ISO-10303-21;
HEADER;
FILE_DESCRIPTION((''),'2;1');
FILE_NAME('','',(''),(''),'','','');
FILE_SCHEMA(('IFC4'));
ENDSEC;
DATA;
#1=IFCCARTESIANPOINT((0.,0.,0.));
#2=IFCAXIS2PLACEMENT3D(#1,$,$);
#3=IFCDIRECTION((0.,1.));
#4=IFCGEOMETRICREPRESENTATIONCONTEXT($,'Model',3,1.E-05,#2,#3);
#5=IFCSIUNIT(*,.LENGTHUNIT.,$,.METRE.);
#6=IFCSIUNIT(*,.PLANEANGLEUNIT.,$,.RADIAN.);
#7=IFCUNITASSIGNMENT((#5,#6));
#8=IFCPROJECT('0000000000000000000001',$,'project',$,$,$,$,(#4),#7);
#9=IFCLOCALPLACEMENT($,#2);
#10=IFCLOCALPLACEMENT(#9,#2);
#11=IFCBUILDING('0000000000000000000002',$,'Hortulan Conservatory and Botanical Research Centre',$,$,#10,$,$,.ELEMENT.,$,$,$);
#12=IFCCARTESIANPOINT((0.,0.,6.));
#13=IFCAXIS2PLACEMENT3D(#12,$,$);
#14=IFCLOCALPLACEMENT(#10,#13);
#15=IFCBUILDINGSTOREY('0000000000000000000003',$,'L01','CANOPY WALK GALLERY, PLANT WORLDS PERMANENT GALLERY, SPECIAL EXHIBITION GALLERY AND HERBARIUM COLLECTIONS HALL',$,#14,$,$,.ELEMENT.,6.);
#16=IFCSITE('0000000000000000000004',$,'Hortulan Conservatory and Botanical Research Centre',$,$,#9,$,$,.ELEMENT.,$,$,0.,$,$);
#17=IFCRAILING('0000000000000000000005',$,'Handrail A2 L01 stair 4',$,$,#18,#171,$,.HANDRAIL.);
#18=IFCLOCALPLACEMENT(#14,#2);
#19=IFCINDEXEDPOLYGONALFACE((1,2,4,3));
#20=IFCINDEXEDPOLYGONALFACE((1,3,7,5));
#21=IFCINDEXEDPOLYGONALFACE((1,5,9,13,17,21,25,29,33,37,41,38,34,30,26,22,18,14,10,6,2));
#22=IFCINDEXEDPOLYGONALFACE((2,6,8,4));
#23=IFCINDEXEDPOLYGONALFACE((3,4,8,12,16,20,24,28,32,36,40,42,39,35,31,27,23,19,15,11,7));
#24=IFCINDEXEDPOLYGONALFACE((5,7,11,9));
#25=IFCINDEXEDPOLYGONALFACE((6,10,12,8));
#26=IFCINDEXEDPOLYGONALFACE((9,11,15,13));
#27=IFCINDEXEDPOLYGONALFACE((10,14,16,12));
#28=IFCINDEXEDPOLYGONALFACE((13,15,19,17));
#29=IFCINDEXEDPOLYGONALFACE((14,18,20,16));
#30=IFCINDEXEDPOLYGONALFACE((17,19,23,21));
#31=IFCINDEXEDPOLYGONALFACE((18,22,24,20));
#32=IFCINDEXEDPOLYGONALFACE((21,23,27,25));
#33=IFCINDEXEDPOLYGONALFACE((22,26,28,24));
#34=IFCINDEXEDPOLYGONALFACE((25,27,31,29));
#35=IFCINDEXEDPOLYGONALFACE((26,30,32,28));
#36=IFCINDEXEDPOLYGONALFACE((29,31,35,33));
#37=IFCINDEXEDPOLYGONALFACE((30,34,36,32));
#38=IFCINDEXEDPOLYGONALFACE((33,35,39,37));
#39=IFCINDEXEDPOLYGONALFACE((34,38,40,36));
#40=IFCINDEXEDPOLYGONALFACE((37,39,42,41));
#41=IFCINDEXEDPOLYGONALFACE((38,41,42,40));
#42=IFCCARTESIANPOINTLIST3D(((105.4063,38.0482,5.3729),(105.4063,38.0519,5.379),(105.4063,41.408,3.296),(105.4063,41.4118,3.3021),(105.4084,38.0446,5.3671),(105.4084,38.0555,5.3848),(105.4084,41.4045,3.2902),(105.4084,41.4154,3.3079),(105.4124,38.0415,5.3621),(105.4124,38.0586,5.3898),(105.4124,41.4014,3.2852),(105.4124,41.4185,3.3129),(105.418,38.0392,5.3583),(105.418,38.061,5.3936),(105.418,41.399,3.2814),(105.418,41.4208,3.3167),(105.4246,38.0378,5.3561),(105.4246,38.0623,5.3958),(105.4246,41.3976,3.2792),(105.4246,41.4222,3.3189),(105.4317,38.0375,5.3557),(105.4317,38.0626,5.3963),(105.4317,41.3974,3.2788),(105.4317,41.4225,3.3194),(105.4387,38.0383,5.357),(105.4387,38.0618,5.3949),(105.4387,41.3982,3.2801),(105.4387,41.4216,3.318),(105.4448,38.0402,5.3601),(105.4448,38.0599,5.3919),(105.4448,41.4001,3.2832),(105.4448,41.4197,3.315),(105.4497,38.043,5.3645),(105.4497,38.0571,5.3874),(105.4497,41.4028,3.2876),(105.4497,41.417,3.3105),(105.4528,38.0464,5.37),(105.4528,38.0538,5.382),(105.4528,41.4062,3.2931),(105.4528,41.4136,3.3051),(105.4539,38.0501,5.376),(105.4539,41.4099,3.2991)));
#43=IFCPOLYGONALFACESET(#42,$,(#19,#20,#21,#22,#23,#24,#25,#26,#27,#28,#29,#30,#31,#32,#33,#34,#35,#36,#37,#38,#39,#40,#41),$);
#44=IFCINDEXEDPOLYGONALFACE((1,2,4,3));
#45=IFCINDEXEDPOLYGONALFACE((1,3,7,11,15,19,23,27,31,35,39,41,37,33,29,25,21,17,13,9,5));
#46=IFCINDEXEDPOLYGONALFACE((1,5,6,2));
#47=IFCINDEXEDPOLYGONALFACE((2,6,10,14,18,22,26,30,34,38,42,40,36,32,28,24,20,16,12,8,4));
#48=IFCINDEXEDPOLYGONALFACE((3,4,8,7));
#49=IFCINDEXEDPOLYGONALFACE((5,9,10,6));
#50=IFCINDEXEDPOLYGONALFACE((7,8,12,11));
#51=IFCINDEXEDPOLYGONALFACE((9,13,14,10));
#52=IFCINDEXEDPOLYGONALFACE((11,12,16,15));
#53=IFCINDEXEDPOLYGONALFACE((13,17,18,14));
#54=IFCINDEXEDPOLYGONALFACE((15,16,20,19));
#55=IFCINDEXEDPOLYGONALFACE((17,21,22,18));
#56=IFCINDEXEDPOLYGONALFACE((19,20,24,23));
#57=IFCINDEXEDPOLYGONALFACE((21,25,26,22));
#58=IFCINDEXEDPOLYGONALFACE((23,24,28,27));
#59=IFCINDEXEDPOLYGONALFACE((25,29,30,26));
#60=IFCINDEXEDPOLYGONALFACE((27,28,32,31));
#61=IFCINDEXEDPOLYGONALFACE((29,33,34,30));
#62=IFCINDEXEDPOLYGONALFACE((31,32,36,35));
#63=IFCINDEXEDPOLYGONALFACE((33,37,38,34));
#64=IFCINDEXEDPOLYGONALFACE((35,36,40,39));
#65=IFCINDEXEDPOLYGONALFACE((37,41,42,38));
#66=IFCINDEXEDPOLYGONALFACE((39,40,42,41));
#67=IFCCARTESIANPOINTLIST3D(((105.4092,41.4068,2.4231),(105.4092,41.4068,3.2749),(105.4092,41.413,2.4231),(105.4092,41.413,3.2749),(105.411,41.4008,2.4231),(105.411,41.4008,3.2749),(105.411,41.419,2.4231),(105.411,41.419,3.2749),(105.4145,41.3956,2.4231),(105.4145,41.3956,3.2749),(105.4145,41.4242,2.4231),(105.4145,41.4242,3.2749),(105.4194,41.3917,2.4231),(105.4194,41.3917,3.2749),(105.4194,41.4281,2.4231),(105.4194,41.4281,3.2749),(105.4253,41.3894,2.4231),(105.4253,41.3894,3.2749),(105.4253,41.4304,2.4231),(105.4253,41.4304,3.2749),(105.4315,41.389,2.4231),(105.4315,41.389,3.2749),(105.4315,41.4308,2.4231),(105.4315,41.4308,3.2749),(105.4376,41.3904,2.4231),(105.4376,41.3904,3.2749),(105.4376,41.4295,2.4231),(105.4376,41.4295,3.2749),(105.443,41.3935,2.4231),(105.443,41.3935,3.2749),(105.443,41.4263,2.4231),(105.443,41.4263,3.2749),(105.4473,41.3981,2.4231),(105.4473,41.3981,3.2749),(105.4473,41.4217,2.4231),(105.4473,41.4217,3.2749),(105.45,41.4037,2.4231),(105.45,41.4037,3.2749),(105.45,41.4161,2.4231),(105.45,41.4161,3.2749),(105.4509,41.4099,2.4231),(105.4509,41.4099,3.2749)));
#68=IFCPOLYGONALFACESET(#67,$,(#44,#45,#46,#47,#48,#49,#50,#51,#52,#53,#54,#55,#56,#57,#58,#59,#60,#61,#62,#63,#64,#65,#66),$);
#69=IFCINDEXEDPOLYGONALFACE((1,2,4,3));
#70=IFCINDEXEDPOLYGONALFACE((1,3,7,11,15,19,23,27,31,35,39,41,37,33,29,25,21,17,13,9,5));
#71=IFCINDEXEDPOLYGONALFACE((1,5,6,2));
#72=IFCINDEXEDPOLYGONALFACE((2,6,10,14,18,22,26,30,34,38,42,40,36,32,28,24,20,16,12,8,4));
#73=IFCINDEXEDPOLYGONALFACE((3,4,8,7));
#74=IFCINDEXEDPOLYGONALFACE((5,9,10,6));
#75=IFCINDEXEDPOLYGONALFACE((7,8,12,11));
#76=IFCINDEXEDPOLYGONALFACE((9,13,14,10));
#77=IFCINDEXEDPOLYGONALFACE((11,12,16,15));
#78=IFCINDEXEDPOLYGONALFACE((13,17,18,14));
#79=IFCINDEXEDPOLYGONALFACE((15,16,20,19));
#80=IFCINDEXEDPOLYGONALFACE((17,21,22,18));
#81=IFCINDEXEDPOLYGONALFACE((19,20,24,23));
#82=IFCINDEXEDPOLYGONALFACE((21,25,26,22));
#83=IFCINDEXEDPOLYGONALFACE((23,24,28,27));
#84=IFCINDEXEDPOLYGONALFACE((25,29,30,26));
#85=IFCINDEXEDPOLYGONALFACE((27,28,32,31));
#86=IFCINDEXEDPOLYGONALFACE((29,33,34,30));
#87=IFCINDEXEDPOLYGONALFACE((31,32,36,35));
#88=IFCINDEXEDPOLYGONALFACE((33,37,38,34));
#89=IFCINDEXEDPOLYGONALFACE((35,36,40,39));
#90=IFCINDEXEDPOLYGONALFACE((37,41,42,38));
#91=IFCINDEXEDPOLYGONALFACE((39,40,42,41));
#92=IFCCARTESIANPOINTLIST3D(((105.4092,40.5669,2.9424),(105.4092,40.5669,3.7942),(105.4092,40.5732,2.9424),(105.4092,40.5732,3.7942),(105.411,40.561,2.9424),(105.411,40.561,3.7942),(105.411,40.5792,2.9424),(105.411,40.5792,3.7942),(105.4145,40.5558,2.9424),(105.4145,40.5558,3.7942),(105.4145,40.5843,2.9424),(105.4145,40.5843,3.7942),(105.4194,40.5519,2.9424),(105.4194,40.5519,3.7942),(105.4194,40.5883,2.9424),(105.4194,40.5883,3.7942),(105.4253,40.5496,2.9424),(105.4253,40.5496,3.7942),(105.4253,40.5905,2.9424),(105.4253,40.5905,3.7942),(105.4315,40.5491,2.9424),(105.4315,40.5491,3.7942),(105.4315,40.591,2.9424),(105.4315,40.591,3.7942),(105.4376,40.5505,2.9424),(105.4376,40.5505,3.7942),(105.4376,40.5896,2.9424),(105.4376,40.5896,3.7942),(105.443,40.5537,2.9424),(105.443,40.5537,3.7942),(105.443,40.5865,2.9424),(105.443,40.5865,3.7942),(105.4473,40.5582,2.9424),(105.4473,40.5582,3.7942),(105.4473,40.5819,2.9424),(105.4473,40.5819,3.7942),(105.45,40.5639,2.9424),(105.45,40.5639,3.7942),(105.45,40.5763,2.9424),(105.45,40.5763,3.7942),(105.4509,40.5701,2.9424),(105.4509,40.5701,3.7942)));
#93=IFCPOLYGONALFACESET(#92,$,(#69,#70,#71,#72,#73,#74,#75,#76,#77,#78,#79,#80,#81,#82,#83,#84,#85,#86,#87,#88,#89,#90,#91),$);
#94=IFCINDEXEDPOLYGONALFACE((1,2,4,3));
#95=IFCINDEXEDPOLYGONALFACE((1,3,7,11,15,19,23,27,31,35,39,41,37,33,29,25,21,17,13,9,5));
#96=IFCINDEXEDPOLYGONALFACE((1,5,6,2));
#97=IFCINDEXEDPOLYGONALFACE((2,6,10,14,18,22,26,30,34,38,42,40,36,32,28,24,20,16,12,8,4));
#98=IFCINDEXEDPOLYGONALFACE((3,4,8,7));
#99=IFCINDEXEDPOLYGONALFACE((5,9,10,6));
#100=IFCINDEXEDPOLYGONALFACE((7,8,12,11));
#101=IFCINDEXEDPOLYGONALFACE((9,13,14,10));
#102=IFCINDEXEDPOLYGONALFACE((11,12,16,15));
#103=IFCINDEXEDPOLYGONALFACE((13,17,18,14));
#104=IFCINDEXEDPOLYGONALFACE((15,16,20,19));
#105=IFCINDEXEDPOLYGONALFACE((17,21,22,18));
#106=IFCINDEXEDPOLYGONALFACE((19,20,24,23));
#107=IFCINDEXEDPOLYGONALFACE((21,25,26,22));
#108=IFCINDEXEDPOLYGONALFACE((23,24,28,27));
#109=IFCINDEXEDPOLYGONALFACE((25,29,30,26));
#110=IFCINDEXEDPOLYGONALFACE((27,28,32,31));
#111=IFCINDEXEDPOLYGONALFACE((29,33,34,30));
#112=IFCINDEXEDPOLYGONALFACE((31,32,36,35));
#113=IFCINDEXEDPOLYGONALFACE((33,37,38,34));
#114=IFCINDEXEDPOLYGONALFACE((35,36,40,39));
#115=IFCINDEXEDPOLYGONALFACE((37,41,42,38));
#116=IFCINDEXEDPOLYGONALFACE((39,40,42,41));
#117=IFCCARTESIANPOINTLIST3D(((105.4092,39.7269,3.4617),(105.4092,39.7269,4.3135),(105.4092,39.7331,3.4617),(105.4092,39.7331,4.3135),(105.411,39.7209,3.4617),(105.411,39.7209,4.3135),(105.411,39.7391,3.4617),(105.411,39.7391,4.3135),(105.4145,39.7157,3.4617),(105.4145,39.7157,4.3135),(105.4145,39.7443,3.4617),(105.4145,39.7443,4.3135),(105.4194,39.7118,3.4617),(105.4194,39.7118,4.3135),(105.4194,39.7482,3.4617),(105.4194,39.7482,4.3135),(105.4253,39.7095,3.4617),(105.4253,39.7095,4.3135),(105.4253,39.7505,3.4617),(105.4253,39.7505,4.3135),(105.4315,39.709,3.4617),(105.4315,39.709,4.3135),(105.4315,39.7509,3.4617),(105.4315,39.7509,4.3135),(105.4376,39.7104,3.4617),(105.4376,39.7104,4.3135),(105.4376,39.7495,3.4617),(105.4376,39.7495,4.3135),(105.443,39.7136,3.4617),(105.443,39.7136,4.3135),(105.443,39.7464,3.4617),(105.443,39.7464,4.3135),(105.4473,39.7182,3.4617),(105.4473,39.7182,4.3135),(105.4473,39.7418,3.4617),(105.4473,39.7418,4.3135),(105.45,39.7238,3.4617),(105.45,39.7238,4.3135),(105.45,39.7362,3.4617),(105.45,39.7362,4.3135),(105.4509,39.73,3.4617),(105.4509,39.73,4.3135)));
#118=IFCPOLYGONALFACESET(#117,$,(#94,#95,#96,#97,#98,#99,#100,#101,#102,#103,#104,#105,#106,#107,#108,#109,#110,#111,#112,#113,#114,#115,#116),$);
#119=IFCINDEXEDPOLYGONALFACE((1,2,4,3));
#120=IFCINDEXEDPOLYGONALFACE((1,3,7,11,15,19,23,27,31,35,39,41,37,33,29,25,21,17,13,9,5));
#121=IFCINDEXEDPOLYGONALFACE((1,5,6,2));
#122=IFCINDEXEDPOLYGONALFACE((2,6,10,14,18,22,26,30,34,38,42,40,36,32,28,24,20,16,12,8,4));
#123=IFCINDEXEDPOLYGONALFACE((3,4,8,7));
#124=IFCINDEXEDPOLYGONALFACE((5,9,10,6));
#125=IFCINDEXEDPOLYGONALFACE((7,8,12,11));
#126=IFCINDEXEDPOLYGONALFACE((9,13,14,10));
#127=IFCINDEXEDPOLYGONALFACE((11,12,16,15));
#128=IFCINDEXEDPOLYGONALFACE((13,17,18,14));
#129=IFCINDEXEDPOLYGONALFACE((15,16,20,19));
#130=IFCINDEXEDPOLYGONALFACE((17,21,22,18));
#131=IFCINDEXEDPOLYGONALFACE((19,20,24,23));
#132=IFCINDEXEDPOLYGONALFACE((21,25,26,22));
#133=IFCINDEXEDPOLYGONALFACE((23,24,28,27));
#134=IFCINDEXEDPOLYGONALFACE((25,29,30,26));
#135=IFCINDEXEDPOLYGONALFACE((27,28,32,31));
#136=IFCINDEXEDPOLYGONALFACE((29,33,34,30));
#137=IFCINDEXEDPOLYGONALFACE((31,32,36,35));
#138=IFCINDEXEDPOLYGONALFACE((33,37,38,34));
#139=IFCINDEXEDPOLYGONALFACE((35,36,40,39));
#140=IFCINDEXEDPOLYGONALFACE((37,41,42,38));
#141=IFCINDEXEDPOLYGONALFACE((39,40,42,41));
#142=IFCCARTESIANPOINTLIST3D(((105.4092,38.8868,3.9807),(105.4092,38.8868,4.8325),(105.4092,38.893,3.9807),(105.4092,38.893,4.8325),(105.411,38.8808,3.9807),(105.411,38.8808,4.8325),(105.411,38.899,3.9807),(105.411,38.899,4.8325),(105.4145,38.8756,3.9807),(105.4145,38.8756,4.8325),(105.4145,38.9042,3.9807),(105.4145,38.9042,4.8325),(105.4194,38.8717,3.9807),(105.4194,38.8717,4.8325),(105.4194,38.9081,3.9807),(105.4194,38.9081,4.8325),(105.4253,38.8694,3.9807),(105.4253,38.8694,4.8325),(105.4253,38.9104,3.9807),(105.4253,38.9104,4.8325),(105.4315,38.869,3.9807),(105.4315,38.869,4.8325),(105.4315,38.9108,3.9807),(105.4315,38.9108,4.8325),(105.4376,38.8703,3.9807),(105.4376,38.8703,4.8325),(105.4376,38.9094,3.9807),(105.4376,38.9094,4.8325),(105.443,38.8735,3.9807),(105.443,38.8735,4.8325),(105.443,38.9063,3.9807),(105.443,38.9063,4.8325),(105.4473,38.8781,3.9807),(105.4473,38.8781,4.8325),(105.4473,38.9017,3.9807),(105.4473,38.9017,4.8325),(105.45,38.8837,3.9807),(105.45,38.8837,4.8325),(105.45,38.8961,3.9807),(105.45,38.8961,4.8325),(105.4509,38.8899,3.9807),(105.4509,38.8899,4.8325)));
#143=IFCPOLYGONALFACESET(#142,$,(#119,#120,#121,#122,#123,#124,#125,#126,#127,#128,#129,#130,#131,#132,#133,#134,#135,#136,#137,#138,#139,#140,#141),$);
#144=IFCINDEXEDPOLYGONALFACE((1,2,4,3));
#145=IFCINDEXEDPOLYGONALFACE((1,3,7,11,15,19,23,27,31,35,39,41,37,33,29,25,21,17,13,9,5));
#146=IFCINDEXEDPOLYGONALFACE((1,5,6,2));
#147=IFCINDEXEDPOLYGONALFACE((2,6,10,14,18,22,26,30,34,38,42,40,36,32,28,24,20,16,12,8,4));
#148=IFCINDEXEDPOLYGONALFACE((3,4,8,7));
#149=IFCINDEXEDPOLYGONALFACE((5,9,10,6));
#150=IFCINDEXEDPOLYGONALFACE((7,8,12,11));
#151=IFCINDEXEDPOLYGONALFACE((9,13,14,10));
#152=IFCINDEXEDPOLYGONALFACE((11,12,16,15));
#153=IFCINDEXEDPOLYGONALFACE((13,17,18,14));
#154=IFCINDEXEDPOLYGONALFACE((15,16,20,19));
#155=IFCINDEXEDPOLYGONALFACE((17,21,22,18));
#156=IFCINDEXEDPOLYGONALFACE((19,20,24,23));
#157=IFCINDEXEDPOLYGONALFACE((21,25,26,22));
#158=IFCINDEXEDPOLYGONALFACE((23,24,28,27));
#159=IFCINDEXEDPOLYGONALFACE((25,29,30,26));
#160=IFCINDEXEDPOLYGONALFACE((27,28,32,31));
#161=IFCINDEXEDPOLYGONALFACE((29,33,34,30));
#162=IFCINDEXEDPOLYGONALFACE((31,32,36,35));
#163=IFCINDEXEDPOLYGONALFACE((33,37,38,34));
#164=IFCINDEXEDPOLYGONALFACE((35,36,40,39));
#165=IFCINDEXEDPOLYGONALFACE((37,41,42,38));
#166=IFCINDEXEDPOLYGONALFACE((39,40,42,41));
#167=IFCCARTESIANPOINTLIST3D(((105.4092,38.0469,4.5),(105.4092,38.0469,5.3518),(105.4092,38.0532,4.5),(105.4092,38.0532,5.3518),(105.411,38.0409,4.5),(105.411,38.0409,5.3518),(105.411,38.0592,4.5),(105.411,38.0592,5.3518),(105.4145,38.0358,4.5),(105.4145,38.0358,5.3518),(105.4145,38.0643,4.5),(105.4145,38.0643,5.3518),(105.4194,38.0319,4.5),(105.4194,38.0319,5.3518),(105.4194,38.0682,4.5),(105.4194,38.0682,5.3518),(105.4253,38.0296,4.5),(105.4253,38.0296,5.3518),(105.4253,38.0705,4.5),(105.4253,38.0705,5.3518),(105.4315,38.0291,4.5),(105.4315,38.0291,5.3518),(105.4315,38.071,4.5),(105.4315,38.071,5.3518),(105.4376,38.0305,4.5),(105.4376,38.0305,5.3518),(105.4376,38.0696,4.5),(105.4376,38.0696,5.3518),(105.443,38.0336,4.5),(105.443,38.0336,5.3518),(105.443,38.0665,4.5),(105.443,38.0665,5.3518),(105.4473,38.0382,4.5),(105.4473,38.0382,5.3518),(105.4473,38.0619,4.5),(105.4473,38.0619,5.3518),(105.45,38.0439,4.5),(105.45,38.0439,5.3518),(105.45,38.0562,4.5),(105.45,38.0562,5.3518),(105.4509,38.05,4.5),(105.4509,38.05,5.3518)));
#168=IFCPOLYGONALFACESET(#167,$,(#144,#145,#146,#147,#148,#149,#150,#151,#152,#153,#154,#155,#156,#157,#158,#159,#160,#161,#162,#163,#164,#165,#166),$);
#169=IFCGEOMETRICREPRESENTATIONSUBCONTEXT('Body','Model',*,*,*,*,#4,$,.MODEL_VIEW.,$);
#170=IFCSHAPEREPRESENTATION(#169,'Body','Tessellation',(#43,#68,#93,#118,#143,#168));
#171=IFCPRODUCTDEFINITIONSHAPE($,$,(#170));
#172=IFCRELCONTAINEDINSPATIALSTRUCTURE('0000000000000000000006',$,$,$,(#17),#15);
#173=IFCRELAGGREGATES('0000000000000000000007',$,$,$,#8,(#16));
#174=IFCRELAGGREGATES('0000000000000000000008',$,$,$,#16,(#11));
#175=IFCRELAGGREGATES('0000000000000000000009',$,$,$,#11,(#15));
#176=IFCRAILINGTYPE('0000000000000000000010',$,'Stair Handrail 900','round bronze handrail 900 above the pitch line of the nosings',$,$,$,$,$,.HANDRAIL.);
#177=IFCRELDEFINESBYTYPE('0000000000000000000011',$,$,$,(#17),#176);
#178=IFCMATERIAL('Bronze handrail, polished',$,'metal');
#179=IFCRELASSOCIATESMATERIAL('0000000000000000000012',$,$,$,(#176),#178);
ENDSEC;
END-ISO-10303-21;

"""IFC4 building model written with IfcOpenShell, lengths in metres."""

from ifc_helpers import new_model, si_unit, direction, frame, origin, origin_2d, place, context, subcontext, project, spatial, circle, extrude, material, type_object, element, save


model = new_model("IFC4")

# Units and contexts
model_context = context("Model", 3, precision=1e-05, world=origin(), true_north=direction((0.0, 1.0)))
body_context = subcontext(model_context, "Body", "Model", "MODEL_VIEW")
ifc_project = project(units=[si_unit("LENGTHUNIT", "METRE"), si_unit("PLANEANGLEUNIT", "RADIAN")], contexts=[model_context])

# Site, building, storey
site_placement = place(None, origin())
site = spatial("IfcSite", under=ifc_project, at=site_placement, Name="Hortulan Conservatory and Botanical Research Centre", CompositionType="ELEMENT", RefElevation=0.0)
building_placement = place(site_placement, origin())
building = spatial("IfcBuilding", under=site, at=building_placement, Name="Hortulan Conservatory and Botanical Research Centre", CompositionType="ELEMENT")
storey_placement = place(building_placement, frame((0.0, 0.0, 6.0)))
storey = spatial("IfcBuildingStorey", under=building, at=storey_placement, Name="L01", Description="CANOPY WALK GALLERY, PLANT WORLDS PERMANENT GALLERY, SPECIAL EXHIBITION GALLERY AND HERBARIUM COLLECTIONS HALL", CompositionType="ELEMENT", Elevation=6.0)

# Railing
ifc_material_1 = material(Name="Bronze handrail, polished", Category="metal")
railing_type_1 = type_object("IfcRailingType", Name="Stair Handrail 900", Description="round bronze handrail 900 above the pitch line of the nosings", PredefinedType="HANDRAIL", material=ifc_material_1)
railing_1_placement = place(storey_placement, frame((105.4299, 41.4099, 2.4231)))
element("IfcRailing", 1, at=railing_1_placement, inside=storey, type_object=railing_type_1, Name="Handrail A2 L01 stair 4", PredefinedType="HANDRAIL", context=body_context, shape_type="SweptSolid", body=[
    extrude(circle(Radius=0.0239, at=origin_2d()), frame((0.0, 0.0, 0.876), z_axis=(0.0, -0.850606, 0.525803), x_axis=(1.0, 0.0, 0.0)), (0.0, 0.0, 1.0), 3.95),
    extrude(circle(Radius=0.021, at=origin_2d()), origin(), (0.0, 0.0, 1.0), 0.8518),
    extrude(circle(Radius=0.021, at=origin_2d()), frame((0.0, -0.8398, 0.5193)), (0.0, 0.0, 1.0), 0.8518),
    extrude(circle(Radius=0.021, at=origin_2d()), frame((0.0, -1.6799, 1.0386)), (0.0, 0.0, 1.0), 0.8518),
    extrude(circle(Radius=0.021, at=origin_2d()), frame((0.0, -2.52, 1.5576)), (0.0, 0.0, 1.0), 0.8518),
    extrude(circle(Radius=0.021, at=origin_2d()), frame((0.0, -3.3599, 2.0769)), (0.0, 0.0, 1.0), 0.8518),
])

save(model, "model.ifc")
